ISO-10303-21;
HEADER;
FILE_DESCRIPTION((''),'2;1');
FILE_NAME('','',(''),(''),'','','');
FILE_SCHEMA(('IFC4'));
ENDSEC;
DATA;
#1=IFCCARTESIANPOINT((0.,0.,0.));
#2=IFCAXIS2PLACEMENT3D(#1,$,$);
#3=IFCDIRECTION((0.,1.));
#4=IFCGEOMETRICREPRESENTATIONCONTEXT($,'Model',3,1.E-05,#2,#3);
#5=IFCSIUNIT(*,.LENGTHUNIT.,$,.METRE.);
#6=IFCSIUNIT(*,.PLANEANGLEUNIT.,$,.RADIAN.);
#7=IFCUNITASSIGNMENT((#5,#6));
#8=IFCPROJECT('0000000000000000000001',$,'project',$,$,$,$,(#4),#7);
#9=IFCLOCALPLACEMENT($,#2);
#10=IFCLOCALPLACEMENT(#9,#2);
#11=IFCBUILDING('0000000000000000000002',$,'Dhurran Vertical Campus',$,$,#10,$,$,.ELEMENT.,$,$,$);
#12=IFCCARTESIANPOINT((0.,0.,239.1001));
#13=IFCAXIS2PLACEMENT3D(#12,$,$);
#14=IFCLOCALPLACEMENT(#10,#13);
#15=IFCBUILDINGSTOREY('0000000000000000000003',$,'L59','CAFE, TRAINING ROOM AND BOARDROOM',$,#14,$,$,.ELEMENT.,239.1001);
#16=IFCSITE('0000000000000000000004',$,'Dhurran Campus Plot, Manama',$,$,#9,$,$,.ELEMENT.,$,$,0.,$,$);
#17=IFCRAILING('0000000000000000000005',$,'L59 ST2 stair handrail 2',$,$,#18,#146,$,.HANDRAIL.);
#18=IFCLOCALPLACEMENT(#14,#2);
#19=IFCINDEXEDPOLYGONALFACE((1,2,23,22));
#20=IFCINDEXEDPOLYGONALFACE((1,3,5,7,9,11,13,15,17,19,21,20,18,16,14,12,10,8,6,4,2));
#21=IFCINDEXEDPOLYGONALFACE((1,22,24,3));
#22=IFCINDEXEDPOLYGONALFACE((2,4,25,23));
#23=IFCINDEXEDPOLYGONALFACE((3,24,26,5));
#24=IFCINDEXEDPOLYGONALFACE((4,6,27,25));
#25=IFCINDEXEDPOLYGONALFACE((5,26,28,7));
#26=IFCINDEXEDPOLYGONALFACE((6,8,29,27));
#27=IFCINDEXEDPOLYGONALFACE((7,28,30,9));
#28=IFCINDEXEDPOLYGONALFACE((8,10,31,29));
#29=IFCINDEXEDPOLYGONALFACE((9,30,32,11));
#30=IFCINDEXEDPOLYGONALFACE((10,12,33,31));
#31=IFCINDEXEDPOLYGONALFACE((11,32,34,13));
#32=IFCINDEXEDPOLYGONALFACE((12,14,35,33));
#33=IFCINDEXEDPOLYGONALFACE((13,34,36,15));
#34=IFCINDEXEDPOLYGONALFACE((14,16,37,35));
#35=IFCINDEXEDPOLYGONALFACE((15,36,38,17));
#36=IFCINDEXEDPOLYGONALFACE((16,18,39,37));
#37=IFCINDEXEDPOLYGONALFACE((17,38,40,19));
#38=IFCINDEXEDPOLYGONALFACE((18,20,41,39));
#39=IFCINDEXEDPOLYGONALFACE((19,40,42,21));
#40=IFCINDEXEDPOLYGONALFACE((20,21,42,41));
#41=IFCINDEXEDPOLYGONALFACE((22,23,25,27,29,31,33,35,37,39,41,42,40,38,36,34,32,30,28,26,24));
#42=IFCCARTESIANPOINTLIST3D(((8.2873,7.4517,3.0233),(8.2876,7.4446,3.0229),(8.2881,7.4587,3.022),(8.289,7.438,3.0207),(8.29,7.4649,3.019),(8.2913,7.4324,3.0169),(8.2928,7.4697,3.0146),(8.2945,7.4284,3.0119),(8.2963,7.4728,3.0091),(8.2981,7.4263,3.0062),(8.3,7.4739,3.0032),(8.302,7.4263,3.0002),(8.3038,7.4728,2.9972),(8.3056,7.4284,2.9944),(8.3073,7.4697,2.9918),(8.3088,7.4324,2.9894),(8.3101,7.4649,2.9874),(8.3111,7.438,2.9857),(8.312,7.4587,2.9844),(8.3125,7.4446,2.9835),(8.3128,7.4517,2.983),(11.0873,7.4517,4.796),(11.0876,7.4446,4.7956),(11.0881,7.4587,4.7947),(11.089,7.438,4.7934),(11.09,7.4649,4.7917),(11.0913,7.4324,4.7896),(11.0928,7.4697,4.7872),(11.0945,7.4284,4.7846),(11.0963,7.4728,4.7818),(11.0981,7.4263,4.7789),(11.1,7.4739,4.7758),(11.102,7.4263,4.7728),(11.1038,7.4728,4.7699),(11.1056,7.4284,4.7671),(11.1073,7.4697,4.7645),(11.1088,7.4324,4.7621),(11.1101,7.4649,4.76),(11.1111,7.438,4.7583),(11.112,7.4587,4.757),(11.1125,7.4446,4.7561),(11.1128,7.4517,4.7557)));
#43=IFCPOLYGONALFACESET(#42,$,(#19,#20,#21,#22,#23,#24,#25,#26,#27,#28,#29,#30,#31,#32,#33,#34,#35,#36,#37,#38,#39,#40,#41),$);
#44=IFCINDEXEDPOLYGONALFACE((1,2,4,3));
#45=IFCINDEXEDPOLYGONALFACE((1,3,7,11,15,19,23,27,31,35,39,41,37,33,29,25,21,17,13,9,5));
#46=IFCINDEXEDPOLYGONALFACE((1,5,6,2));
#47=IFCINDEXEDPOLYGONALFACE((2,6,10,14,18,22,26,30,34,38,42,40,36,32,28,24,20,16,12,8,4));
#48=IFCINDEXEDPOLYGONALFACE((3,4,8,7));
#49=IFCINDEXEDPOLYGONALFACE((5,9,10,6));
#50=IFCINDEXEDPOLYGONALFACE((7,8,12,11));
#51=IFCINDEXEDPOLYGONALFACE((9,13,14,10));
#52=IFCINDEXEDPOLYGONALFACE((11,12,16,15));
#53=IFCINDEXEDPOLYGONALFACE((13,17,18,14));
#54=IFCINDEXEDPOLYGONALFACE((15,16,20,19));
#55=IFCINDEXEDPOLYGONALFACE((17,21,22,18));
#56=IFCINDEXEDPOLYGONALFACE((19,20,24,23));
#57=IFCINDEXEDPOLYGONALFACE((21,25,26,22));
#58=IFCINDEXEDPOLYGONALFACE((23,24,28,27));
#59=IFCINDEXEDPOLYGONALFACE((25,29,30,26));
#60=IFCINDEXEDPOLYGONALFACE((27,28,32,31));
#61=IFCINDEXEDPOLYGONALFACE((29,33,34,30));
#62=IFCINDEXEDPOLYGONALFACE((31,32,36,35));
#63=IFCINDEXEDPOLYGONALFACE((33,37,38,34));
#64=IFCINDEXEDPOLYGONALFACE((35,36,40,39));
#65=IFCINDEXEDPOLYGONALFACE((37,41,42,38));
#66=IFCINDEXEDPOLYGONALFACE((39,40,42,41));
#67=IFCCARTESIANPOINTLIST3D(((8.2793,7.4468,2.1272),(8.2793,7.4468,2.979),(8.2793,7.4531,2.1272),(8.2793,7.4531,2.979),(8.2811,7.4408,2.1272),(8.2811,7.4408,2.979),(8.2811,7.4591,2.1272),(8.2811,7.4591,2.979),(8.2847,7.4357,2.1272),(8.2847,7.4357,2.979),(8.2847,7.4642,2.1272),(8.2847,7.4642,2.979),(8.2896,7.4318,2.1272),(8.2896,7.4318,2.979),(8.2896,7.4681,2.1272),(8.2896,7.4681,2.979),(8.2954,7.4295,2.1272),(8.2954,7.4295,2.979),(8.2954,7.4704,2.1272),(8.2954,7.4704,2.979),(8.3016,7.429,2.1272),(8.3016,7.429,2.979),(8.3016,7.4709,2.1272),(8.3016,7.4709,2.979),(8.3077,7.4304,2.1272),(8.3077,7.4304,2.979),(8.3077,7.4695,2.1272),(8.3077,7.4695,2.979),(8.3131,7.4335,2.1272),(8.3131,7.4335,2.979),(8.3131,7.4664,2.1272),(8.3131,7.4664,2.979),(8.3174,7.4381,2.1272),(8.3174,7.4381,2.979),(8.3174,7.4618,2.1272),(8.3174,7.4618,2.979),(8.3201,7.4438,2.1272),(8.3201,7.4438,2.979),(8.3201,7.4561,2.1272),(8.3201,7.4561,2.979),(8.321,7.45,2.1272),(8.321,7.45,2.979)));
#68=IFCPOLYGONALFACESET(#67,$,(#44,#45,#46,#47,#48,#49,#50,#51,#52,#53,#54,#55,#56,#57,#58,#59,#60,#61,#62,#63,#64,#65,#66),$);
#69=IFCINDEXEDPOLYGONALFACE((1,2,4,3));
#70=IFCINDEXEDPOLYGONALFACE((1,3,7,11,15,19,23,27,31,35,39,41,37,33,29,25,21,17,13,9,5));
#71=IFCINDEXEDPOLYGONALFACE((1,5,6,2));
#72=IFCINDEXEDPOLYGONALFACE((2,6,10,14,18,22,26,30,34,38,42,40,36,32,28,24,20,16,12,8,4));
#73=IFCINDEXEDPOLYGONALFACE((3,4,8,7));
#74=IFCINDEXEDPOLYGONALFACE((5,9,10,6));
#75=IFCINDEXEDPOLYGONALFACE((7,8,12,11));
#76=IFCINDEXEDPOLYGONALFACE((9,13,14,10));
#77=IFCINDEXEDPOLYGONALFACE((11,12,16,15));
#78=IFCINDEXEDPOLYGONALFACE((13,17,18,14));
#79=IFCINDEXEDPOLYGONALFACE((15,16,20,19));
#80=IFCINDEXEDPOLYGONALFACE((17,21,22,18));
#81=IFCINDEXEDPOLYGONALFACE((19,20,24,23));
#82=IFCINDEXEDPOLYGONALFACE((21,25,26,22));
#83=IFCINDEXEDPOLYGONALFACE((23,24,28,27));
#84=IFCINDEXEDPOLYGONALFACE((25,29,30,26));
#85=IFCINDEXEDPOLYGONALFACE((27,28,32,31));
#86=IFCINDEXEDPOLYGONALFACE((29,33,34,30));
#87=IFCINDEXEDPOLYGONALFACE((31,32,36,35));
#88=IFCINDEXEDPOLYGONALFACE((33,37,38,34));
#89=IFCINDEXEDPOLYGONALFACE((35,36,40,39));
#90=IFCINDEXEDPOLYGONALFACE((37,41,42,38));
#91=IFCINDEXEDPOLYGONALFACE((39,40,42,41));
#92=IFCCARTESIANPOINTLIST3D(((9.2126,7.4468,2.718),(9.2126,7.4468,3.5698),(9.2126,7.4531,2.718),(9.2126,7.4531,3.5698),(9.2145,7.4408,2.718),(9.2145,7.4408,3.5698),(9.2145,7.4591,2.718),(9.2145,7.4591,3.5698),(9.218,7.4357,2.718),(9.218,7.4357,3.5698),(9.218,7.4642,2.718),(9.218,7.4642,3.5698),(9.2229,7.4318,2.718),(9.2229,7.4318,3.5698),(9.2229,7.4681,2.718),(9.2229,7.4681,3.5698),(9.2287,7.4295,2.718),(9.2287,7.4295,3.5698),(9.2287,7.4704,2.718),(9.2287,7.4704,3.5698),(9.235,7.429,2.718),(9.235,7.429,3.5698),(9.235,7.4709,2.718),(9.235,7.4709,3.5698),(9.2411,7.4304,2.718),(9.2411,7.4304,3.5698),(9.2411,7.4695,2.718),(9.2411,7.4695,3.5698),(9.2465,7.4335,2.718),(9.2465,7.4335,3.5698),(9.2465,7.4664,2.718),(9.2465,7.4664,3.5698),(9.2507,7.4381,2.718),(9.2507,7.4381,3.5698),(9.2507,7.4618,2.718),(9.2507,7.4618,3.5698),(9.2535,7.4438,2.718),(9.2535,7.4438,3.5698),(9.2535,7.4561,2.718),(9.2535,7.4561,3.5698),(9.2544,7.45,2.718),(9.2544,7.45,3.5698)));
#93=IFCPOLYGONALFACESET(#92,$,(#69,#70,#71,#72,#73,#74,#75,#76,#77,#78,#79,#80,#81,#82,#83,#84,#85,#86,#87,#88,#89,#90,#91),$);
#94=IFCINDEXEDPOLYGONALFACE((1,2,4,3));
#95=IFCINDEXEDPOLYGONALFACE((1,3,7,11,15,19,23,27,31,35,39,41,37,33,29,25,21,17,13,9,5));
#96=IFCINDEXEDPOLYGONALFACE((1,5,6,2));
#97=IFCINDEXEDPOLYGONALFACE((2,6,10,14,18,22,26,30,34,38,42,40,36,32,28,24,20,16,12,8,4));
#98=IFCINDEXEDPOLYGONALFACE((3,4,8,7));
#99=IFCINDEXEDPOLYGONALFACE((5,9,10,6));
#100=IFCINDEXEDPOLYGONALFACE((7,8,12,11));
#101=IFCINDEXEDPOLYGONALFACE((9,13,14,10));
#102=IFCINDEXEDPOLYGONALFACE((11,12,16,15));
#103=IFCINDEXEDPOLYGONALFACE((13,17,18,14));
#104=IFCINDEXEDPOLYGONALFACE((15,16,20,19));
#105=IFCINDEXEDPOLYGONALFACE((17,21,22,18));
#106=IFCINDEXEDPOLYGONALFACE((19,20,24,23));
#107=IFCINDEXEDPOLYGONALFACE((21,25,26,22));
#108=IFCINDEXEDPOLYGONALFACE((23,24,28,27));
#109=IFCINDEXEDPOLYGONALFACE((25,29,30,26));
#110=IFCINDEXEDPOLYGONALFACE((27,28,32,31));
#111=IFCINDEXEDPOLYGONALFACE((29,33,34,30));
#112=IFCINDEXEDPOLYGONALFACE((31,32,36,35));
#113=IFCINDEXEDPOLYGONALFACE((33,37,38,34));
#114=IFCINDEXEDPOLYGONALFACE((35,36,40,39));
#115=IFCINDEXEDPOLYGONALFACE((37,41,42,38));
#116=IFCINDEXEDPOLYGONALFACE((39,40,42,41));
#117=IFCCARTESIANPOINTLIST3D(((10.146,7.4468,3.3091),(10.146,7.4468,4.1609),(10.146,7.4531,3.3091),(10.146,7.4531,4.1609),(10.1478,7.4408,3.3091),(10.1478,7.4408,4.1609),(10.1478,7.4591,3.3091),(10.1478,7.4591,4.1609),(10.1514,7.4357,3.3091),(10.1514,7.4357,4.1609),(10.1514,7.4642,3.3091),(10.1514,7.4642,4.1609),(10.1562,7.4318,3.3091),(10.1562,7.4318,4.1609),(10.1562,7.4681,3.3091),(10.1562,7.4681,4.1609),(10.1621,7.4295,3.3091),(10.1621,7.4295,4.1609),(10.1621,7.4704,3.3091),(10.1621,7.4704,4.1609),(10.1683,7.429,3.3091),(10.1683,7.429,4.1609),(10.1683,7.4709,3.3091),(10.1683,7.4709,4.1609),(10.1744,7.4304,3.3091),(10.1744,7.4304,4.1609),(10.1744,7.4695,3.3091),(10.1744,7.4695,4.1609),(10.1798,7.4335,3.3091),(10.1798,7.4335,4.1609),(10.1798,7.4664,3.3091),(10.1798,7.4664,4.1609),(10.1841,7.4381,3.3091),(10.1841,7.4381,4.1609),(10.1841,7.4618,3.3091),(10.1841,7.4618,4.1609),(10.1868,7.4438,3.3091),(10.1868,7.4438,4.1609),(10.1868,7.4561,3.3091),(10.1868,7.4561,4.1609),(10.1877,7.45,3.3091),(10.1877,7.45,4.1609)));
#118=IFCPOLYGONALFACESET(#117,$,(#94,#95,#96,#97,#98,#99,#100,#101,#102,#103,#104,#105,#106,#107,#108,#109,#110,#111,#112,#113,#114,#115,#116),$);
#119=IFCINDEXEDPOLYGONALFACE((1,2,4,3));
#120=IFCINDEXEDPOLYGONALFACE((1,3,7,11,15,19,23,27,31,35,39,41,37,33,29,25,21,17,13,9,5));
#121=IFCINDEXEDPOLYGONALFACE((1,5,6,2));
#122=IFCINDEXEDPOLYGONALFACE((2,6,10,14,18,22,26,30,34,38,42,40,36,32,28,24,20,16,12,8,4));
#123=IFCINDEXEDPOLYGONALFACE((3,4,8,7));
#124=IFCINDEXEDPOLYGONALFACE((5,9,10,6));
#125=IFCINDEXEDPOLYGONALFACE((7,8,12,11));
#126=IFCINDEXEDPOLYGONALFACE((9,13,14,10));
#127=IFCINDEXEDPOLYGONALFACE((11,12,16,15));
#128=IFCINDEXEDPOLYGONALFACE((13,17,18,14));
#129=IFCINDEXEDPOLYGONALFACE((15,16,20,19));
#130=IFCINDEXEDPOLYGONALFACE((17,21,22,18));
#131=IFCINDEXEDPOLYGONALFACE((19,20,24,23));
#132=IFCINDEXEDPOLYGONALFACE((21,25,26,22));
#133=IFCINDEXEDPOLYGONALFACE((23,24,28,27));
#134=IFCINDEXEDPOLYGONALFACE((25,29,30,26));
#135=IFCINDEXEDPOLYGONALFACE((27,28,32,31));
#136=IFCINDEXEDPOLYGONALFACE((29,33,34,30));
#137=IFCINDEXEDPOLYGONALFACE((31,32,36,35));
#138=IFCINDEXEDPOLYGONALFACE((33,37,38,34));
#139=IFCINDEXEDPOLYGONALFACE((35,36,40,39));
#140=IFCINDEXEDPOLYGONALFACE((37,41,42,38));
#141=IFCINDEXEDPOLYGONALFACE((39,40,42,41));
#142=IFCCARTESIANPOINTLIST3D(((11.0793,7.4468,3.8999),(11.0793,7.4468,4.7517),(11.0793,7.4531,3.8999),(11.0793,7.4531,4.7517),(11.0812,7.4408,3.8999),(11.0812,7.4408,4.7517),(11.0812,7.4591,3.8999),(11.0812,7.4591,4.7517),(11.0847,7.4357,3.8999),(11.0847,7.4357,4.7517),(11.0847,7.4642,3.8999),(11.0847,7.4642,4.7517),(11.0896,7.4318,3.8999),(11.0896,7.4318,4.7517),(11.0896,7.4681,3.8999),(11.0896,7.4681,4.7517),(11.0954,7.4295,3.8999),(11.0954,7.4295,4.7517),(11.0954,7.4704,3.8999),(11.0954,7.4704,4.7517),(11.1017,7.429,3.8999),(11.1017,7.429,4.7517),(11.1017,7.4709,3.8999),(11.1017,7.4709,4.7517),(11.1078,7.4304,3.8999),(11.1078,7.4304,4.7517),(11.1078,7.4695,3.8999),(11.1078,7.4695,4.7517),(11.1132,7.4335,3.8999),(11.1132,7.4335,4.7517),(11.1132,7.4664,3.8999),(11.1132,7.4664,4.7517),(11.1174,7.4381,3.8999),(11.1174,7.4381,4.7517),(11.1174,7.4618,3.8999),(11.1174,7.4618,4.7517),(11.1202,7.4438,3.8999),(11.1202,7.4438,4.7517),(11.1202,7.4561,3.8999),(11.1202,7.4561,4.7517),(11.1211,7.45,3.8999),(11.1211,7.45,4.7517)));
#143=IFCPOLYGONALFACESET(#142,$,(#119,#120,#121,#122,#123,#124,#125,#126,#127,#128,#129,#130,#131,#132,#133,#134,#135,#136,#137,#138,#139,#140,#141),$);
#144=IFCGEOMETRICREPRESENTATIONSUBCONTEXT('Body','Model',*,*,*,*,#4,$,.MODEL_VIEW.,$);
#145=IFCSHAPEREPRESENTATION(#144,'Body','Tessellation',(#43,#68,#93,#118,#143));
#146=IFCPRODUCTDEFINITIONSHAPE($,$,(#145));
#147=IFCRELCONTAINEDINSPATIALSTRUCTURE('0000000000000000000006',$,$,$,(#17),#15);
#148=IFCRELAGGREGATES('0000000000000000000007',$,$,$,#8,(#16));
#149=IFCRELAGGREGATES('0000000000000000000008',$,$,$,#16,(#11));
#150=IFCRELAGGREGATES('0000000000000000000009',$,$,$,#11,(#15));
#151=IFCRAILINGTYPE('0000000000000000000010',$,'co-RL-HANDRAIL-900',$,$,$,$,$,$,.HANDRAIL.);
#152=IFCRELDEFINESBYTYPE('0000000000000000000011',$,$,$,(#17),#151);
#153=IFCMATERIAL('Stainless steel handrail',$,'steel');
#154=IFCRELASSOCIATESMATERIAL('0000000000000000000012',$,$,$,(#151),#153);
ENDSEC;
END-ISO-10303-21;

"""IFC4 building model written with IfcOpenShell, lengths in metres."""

from ifc_helpers import new_model, si_unit, direction, frame, origin, origin_2d, place, context, subcontext, project, spatial, circle, extrude, material, type_object, element, save


model = new_model("IFC4")

# Units and contexts
model_context = context("Model", 3, precision=1e-05, world=origin(), true_north=direction((0.0, 1.0)))
body_context = subcontext(model_context, "Body", "Model", "MODEL_VIEW")
ifc_project = project(units=[si_unit("LENGTHUNIT", "METRE"), si_unit("PLANEANGLEUNIT", "RADIAN")], contexts=[model_context])

# Site, building, storey
site_placement = place(None, origin())
site = spatial("IfcSite", under=ifc_project, at=site_placement, Name="Dhurran Campus Plot, Manama", CompositionType="ELEMENT", RefElevation=0.0)
building_placement = place(site_placement, origin())
building = spatial("IfcBuilding", under=site, at=building_placement, Name="Dhurran Vertical Campus", CompositionType="ELEMENT")
storey_placement = place(building_placement, frame((0.0, 0.0, 239.1001)))
storey = spatial("IfcBuildingStorey", under=building, at=storey_placement, Name="L59", Description="CAFE, TRAINING ROOM AND BOARDROOM", CompositionType="ELEMENT", Elevation=239.1001)

# Railing
ifc_material_1 = material(Name="Stainless steel handrail", Category="steel")
railing_type_1 = type_object("IfcRailingType", Name="co-RL-HANDRAIL-900", PredefinedType="HANDRAIL", material=ifc_material_1)
railing_1_placement = place(storey_placement, frame((8.3, 7.45, 2.1272)))
element("IfcRailing", 1, at=railing_1_placement, inside=storey, type_object=railing_type_1, Name="L59 ST2 stair handrail 2", PredefinedType="HANDRAIL", context=body_context, shape_type="SweptSolid", body=[
    extrude(circle(Radius=0.0239, at=origin_2d()), frame((0.0, 0.0, 0.876), z_axis=(0.844909, 0.0, 0.53491), x_axis=(0.0, 1.0, 0.0)), (0.0, 0.0, 1.0), 3.314),
    extrude(circle(Radius=0.021, at=origin_2d()), origin(), (0.0, 0.0, 1.0), 0.8518),
    extrude(circle(Radius=0.021, at=origin_2d()), frame((0.9333, 0.0, 0.5908)), (0.0, 0.0, 1.0), 0.8518),
    extrude(circle(Radius=0.021, at=origin_2d()), frame((1.8667, 0.0, 1.1819)), (0.0, 0.0, 1.0), 0.8518),
    extrude(circle(Radius=0.021, at=origin_2d()), frame((2.8, 0.0, 1.7727)), (0.0, 0.0, 1.0), 0.8518),
])

save(model, "model.ifc")
